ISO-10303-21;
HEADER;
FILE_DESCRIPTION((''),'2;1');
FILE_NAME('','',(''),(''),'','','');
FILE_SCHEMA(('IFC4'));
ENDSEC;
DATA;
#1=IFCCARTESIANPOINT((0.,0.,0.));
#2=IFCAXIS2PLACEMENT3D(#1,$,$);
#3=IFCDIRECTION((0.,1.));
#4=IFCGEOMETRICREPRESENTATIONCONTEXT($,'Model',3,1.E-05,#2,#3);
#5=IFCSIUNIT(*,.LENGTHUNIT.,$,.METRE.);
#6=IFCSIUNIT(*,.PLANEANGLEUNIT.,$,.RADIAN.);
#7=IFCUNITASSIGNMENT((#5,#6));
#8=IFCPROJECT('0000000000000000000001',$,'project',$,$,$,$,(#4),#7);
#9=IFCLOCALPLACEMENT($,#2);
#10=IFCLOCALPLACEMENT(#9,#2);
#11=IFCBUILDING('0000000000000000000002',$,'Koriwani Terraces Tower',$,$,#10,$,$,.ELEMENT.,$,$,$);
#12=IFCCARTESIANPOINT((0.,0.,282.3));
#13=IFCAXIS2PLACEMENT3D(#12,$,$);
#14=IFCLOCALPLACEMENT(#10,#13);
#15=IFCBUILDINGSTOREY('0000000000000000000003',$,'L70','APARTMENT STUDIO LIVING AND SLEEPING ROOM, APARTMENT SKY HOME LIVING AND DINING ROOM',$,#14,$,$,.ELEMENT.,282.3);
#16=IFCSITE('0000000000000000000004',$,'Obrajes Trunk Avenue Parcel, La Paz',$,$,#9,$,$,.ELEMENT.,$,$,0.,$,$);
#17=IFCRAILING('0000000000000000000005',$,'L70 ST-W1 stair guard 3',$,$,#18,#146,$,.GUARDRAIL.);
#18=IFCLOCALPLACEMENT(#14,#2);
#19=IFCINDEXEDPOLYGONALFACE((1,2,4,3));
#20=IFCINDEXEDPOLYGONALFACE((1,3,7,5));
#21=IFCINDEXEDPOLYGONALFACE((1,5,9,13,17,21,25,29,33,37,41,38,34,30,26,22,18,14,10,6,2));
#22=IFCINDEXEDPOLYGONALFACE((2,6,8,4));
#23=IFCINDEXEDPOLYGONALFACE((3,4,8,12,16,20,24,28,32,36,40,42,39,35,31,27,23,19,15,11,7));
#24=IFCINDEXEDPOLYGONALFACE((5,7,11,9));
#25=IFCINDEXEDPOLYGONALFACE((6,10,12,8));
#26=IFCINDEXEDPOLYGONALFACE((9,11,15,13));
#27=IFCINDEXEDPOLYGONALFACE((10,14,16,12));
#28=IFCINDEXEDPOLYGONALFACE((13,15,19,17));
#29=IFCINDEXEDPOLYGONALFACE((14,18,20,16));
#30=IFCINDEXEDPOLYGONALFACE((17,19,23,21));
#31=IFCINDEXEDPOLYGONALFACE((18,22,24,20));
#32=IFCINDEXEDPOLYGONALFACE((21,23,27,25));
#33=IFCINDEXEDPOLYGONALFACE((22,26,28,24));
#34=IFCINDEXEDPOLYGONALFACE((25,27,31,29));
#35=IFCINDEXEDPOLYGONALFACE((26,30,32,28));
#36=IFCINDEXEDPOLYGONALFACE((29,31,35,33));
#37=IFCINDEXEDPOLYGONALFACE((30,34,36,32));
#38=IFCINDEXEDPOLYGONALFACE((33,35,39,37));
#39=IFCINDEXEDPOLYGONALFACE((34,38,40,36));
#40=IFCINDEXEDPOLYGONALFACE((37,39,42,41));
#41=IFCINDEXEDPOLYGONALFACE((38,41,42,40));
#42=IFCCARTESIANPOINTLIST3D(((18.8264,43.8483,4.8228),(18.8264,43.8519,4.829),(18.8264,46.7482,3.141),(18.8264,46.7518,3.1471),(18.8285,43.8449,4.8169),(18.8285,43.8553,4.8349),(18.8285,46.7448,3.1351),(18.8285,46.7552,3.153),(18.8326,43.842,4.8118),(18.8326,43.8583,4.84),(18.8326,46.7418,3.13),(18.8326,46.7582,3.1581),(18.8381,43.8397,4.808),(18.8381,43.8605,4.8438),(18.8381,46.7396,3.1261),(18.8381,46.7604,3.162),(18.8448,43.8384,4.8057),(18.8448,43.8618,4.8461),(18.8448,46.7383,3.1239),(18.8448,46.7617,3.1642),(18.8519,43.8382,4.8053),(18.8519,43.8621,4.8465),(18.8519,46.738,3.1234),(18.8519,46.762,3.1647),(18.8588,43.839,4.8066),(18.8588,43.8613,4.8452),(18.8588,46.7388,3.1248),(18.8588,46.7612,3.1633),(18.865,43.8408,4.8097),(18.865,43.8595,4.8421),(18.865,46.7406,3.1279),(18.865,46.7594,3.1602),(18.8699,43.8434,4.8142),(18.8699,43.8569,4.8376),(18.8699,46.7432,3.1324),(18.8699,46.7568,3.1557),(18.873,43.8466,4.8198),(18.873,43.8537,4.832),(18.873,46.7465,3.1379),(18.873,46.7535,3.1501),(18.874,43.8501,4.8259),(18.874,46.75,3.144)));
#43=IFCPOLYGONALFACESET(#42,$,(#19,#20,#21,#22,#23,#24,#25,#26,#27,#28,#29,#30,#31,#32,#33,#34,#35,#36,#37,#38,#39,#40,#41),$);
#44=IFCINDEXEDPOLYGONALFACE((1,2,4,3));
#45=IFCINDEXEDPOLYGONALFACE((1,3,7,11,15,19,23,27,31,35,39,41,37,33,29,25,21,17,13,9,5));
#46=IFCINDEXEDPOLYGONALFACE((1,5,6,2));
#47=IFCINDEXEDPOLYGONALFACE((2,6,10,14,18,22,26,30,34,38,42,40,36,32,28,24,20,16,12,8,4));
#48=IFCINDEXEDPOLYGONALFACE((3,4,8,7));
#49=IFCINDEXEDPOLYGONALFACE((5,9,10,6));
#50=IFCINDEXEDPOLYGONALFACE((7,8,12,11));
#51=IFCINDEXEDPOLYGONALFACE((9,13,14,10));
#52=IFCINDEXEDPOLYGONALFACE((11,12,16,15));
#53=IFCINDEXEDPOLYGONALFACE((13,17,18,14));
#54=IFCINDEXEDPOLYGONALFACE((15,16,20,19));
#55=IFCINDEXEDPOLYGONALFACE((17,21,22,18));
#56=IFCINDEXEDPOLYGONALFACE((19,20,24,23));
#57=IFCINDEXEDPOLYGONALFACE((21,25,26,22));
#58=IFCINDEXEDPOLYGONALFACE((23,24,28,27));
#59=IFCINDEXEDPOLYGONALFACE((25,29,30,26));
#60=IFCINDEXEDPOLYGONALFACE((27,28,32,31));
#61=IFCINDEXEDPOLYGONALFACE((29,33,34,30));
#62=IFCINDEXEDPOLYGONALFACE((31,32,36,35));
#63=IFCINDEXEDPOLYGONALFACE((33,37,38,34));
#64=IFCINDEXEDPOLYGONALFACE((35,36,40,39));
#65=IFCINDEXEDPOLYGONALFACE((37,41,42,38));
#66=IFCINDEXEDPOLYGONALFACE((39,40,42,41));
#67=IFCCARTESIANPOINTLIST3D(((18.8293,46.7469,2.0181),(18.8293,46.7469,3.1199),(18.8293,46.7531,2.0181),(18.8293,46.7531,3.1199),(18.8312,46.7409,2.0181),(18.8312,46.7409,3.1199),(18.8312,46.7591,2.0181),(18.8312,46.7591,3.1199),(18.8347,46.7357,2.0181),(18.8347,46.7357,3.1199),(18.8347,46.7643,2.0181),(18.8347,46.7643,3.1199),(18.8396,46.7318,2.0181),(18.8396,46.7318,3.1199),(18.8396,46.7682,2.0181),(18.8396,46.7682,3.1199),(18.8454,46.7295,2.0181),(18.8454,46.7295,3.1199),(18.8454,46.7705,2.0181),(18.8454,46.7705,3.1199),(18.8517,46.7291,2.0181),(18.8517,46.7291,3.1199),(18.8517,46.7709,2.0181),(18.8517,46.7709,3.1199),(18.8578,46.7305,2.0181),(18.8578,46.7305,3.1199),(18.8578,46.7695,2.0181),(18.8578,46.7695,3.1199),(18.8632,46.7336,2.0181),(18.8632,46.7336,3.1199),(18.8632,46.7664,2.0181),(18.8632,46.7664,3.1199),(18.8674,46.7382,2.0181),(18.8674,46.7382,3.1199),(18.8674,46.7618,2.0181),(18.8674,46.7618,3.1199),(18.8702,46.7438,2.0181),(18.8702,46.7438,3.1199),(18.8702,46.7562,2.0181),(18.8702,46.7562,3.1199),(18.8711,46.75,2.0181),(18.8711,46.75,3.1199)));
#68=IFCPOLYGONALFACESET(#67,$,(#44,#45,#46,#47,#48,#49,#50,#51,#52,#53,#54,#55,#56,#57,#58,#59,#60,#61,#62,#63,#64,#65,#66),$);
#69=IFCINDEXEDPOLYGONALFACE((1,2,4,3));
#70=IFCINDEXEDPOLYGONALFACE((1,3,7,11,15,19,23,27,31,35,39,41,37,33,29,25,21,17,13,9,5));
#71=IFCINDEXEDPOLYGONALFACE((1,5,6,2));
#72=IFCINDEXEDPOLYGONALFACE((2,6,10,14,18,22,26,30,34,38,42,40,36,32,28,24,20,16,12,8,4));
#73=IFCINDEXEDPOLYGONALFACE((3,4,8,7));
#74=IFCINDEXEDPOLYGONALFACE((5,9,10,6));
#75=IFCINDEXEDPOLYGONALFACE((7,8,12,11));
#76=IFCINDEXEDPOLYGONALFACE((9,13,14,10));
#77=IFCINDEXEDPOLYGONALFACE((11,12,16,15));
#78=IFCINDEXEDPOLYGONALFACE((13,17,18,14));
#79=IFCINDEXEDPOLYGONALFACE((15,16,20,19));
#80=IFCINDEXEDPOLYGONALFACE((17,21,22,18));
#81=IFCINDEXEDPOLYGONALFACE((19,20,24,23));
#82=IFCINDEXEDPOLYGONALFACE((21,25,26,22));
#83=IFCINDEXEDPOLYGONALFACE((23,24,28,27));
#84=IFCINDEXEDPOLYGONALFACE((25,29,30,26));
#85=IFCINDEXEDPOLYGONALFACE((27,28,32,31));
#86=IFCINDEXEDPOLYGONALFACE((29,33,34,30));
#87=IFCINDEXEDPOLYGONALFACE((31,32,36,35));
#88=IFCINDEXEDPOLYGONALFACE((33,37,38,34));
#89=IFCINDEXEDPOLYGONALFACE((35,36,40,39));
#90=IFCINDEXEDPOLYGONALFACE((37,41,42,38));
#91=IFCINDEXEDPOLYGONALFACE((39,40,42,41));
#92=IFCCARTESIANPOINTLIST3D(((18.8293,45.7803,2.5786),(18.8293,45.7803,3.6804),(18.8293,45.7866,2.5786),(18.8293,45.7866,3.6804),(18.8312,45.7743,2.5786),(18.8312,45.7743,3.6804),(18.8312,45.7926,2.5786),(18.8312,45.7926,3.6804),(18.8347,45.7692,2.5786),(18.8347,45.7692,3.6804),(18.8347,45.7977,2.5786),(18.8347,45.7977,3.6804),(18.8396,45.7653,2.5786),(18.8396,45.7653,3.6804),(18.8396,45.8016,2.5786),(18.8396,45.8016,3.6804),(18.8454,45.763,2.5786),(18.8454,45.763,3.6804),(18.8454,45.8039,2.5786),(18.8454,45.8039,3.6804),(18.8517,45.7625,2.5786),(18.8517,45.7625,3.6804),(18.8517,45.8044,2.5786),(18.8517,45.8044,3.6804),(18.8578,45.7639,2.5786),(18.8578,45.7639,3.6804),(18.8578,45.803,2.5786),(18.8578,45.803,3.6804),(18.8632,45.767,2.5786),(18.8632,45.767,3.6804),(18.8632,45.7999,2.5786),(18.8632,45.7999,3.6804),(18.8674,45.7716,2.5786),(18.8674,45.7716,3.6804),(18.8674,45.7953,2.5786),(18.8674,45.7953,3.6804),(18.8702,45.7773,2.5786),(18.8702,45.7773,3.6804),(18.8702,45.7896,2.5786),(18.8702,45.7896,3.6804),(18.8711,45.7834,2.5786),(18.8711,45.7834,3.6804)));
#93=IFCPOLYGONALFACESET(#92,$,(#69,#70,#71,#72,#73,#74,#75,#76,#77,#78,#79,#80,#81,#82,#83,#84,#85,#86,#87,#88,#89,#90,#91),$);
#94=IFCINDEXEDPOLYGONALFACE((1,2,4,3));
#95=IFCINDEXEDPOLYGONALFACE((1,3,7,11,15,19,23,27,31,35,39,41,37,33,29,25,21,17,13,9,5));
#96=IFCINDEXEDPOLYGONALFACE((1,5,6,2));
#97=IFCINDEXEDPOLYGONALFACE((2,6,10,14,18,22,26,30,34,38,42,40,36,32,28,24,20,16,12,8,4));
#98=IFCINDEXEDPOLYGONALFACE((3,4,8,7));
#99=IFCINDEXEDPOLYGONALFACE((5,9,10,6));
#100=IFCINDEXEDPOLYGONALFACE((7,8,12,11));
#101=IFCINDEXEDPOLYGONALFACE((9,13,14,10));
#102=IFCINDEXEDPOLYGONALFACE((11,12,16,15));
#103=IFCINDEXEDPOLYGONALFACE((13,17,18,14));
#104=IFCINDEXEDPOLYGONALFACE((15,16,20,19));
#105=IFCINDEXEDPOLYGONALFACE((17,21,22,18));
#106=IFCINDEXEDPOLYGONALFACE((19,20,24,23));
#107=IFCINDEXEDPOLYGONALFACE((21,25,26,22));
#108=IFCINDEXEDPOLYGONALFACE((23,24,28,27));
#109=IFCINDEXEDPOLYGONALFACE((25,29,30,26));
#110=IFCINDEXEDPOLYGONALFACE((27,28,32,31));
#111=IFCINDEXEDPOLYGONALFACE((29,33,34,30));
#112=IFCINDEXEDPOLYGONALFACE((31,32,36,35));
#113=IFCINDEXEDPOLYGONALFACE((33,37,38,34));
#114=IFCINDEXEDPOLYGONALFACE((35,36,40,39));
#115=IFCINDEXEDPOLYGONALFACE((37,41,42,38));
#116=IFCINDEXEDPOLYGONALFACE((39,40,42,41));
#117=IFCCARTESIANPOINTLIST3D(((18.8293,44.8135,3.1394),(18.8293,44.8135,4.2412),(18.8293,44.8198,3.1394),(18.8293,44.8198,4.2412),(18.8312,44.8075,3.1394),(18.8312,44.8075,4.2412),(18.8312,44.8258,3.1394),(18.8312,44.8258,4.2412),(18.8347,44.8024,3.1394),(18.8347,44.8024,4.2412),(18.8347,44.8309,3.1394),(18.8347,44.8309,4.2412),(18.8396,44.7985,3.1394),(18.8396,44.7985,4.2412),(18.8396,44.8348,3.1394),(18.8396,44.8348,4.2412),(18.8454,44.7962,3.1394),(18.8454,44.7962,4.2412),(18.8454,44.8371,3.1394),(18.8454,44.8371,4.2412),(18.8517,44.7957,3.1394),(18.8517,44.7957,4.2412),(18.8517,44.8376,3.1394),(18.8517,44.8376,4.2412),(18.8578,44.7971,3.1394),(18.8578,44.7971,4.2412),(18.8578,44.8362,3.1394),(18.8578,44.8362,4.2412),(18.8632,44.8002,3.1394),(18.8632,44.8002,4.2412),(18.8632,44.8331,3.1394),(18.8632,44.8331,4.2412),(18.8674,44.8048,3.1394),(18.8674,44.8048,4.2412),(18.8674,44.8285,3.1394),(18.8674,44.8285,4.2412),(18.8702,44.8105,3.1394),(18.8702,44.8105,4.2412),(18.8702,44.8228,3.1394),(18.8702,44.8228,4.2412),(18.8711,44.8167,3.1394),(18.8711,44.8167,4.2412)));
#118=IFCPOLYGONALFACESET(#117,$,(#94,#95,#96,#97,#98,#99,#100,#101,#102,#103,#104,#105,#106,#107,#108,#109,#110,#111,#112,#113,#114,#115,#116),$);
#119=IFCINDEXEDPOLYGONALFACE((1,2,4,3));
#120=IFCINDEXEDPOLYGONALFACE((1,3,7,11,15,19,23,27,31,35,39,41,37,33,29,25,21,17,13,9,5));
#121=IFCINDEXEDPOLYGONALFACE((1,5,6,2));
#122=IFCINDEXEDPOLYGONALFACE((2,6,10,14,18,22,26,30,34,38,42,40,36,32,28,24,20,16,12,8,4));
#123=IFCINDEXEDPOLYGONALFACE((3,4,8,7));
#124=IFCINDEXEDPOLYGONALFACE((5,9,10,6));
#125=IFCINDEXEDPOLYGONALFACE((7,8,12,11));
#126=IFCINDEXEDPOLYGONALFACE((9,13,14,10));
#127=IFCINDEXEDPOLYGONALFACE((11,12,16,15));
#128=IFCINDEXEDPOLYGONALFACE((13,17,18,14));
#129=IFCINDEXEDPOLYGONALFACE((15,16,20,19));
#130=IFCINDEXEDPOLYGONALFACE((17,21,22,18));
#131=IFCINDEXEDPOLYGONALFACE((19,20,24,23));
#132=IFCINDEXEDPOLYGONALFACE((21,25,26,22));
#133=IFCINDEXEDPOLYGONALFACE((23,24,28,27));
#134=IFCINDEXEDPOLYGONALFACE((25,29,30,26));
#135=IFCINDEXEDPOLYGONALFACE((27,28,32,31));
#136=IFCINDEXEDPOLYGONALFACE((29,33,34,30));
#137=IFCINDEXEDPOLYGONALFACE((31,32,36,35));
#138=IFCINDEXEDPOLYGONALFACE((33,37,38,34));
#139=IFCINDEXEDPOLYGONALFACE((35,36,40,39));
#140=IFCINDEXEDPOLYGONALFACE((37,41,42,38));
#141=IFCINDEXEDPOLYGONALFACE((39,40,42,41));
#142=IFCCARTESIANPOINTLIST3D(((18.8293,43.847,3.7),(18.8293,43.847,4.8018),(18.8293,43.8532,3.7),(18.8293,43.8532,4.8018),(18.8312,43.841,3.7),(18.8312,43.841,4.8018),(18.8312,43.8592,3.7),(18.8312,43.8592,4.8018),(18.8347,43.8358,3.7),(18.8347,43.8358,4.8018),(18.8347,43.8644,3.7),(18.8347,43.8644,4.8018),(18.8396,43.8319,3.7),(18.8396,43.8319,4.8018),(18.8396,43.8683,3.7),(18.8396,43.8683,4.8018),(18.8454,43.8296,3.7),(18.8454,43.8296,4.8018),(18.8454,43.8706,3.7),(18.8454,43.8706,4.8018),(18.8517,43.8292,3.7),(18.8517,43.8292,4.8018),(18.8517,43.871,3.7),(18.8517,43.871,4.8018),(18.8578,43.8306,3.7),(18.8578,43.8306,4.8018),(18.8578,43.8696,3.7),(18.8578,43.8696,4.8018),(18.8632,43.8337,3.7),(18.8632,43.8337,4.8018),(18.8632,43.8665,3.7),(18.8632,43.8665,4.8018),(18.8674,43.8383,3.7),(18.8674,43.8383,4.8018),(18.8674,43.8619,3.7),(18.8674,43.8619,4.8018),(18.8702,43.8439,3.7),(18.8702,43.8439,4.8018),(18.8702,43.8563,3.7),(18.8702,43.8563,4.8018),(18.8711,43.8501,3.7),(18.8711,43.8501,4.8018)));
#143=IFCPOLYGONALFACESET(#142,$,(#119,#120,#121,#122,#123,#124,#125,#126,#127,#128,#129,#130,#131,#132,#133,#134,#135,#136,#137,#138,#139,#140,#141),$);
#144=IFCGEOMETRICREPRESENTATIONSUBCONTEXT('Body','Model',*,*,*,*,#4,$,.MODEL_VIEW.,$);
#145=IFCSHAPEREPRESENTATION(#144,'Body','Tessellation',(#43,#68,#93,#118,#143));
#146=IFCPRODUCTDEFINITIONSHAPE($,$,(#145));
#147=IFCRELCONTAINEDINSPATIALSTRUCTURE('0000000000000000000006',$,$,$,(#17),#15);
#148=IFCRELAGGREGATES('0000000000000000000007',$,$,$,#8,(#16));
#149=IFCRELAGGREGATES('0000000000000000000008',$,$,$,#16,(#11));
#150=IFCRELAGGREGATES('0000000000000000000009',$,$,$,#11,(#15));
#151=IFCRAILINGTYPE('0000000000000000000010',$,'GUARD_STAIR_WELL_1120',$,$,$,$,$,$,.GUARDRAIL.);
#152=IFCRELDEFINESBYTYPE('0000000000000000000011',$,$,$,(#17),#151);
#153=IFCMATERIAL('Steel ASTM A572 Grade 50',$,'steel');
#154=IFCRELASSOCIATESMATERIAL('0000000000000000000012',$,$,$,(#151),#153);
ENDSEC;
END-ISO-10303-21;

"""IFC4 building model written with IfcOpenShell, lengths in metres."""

from ifc_helpers import new_model, si_unit, direction, frame, origin, origin_2d, place, context, subcontext, project, spatial, circle, extrude, material, type_object, element, save


model = new_model("IFC4")

# Units and contexts
model_context = context("Model", 3, precision=1e-05, world=origin(), true_north=direction((0.0, 1.0)))
body_context = subcontext(model_context, "Body", "Model", "MODEL_VIEW")
ifc_project = project(units=[si_unit("LENGTHUNIT", "METRE"), si_unit("PLANEANGLEUNIT", "RADIAN")], contexts=[model_context])

# Site, building, storey
site_placement = place(None, origin())
site = spatial("IfcSite", under=ifc_project, at=site_placement, Name="Obrajes Trunk Avenue Parcel, La Paz", CompositionType="ELEMENT", RefElevation=0.0)
building_placement = place(site_placement, origin())
building = spatial("IfcBuilding", under=site, at=building_placement, Name="Koriwani Terraces Tower", CompositionType="ELEMENT")
storey_placement = place(building_placement, frame((0.0, 0.0, 282.3)))
storey = spatial("IfcBuildingStorey", under=building, at=storey_placement, Name="L70", Description="APARTMENT STUDIO LIVING AND SLEEPING ROOM, APARTMENT SKY HOME LIVING AND DINING ROOM", CompositionType="ELEMENT", Elevation=282.3)

# Shared definitions
ifc_material_1 = material(Name="Steel ASTM A572 Grade 50", Category="steel")

# Railing
railing_type_1 = type_object("IfcRailingType", Name="GUARD_STAIR_WELL_1120", PredefinedType="GUARDRAIL", material=ifc_material_1)
railing_1_placement = place(storey_placement, frame((18.8501, 46.75, 2.0181)))
element("IfcRailing", 1, at=railing_1_placement, inside=storey, type_object=railing_type_1, Name="L70 ST-W1 stair guard 3", PredefinedType="GUARDRAIL", context=body_context, shape_type="SweptSolid", body=[
    extrude(circle(Radius=0.0239, at=origin_2d()), frame((0.0, 0.0, 1.126), z_axis=(0.0, -0.865039, 0.501705), x_axis=(1.0, 0.0, 0.0)), (0.0, 0.0, 1.0), 3.3523),
    extrude(circle(Radius=0.021, at=origin_2d()), origin(), (0.0, 0.0, 1.0), 1.1018),
    extrude(circle(Radius=0.021, at=origin_2d()), frame((0.0, -0.9666, 0.5605)), (0.0, 0.0, 1.0), 1.1018),
    extrude(circle(Radius=0.021, at=origin_2d()), frame((0.0, -1.9333, 1.1213)), (0.0, 0.0, 1.0), 1.1018),
    extrude(circle(Radius=0.021, at=origin_2d()), frame((0.0, -2.8999, 1.6819)), (0.0, 0.0, 1.0), 1.1018),
])

save(model, "model.ifc")
